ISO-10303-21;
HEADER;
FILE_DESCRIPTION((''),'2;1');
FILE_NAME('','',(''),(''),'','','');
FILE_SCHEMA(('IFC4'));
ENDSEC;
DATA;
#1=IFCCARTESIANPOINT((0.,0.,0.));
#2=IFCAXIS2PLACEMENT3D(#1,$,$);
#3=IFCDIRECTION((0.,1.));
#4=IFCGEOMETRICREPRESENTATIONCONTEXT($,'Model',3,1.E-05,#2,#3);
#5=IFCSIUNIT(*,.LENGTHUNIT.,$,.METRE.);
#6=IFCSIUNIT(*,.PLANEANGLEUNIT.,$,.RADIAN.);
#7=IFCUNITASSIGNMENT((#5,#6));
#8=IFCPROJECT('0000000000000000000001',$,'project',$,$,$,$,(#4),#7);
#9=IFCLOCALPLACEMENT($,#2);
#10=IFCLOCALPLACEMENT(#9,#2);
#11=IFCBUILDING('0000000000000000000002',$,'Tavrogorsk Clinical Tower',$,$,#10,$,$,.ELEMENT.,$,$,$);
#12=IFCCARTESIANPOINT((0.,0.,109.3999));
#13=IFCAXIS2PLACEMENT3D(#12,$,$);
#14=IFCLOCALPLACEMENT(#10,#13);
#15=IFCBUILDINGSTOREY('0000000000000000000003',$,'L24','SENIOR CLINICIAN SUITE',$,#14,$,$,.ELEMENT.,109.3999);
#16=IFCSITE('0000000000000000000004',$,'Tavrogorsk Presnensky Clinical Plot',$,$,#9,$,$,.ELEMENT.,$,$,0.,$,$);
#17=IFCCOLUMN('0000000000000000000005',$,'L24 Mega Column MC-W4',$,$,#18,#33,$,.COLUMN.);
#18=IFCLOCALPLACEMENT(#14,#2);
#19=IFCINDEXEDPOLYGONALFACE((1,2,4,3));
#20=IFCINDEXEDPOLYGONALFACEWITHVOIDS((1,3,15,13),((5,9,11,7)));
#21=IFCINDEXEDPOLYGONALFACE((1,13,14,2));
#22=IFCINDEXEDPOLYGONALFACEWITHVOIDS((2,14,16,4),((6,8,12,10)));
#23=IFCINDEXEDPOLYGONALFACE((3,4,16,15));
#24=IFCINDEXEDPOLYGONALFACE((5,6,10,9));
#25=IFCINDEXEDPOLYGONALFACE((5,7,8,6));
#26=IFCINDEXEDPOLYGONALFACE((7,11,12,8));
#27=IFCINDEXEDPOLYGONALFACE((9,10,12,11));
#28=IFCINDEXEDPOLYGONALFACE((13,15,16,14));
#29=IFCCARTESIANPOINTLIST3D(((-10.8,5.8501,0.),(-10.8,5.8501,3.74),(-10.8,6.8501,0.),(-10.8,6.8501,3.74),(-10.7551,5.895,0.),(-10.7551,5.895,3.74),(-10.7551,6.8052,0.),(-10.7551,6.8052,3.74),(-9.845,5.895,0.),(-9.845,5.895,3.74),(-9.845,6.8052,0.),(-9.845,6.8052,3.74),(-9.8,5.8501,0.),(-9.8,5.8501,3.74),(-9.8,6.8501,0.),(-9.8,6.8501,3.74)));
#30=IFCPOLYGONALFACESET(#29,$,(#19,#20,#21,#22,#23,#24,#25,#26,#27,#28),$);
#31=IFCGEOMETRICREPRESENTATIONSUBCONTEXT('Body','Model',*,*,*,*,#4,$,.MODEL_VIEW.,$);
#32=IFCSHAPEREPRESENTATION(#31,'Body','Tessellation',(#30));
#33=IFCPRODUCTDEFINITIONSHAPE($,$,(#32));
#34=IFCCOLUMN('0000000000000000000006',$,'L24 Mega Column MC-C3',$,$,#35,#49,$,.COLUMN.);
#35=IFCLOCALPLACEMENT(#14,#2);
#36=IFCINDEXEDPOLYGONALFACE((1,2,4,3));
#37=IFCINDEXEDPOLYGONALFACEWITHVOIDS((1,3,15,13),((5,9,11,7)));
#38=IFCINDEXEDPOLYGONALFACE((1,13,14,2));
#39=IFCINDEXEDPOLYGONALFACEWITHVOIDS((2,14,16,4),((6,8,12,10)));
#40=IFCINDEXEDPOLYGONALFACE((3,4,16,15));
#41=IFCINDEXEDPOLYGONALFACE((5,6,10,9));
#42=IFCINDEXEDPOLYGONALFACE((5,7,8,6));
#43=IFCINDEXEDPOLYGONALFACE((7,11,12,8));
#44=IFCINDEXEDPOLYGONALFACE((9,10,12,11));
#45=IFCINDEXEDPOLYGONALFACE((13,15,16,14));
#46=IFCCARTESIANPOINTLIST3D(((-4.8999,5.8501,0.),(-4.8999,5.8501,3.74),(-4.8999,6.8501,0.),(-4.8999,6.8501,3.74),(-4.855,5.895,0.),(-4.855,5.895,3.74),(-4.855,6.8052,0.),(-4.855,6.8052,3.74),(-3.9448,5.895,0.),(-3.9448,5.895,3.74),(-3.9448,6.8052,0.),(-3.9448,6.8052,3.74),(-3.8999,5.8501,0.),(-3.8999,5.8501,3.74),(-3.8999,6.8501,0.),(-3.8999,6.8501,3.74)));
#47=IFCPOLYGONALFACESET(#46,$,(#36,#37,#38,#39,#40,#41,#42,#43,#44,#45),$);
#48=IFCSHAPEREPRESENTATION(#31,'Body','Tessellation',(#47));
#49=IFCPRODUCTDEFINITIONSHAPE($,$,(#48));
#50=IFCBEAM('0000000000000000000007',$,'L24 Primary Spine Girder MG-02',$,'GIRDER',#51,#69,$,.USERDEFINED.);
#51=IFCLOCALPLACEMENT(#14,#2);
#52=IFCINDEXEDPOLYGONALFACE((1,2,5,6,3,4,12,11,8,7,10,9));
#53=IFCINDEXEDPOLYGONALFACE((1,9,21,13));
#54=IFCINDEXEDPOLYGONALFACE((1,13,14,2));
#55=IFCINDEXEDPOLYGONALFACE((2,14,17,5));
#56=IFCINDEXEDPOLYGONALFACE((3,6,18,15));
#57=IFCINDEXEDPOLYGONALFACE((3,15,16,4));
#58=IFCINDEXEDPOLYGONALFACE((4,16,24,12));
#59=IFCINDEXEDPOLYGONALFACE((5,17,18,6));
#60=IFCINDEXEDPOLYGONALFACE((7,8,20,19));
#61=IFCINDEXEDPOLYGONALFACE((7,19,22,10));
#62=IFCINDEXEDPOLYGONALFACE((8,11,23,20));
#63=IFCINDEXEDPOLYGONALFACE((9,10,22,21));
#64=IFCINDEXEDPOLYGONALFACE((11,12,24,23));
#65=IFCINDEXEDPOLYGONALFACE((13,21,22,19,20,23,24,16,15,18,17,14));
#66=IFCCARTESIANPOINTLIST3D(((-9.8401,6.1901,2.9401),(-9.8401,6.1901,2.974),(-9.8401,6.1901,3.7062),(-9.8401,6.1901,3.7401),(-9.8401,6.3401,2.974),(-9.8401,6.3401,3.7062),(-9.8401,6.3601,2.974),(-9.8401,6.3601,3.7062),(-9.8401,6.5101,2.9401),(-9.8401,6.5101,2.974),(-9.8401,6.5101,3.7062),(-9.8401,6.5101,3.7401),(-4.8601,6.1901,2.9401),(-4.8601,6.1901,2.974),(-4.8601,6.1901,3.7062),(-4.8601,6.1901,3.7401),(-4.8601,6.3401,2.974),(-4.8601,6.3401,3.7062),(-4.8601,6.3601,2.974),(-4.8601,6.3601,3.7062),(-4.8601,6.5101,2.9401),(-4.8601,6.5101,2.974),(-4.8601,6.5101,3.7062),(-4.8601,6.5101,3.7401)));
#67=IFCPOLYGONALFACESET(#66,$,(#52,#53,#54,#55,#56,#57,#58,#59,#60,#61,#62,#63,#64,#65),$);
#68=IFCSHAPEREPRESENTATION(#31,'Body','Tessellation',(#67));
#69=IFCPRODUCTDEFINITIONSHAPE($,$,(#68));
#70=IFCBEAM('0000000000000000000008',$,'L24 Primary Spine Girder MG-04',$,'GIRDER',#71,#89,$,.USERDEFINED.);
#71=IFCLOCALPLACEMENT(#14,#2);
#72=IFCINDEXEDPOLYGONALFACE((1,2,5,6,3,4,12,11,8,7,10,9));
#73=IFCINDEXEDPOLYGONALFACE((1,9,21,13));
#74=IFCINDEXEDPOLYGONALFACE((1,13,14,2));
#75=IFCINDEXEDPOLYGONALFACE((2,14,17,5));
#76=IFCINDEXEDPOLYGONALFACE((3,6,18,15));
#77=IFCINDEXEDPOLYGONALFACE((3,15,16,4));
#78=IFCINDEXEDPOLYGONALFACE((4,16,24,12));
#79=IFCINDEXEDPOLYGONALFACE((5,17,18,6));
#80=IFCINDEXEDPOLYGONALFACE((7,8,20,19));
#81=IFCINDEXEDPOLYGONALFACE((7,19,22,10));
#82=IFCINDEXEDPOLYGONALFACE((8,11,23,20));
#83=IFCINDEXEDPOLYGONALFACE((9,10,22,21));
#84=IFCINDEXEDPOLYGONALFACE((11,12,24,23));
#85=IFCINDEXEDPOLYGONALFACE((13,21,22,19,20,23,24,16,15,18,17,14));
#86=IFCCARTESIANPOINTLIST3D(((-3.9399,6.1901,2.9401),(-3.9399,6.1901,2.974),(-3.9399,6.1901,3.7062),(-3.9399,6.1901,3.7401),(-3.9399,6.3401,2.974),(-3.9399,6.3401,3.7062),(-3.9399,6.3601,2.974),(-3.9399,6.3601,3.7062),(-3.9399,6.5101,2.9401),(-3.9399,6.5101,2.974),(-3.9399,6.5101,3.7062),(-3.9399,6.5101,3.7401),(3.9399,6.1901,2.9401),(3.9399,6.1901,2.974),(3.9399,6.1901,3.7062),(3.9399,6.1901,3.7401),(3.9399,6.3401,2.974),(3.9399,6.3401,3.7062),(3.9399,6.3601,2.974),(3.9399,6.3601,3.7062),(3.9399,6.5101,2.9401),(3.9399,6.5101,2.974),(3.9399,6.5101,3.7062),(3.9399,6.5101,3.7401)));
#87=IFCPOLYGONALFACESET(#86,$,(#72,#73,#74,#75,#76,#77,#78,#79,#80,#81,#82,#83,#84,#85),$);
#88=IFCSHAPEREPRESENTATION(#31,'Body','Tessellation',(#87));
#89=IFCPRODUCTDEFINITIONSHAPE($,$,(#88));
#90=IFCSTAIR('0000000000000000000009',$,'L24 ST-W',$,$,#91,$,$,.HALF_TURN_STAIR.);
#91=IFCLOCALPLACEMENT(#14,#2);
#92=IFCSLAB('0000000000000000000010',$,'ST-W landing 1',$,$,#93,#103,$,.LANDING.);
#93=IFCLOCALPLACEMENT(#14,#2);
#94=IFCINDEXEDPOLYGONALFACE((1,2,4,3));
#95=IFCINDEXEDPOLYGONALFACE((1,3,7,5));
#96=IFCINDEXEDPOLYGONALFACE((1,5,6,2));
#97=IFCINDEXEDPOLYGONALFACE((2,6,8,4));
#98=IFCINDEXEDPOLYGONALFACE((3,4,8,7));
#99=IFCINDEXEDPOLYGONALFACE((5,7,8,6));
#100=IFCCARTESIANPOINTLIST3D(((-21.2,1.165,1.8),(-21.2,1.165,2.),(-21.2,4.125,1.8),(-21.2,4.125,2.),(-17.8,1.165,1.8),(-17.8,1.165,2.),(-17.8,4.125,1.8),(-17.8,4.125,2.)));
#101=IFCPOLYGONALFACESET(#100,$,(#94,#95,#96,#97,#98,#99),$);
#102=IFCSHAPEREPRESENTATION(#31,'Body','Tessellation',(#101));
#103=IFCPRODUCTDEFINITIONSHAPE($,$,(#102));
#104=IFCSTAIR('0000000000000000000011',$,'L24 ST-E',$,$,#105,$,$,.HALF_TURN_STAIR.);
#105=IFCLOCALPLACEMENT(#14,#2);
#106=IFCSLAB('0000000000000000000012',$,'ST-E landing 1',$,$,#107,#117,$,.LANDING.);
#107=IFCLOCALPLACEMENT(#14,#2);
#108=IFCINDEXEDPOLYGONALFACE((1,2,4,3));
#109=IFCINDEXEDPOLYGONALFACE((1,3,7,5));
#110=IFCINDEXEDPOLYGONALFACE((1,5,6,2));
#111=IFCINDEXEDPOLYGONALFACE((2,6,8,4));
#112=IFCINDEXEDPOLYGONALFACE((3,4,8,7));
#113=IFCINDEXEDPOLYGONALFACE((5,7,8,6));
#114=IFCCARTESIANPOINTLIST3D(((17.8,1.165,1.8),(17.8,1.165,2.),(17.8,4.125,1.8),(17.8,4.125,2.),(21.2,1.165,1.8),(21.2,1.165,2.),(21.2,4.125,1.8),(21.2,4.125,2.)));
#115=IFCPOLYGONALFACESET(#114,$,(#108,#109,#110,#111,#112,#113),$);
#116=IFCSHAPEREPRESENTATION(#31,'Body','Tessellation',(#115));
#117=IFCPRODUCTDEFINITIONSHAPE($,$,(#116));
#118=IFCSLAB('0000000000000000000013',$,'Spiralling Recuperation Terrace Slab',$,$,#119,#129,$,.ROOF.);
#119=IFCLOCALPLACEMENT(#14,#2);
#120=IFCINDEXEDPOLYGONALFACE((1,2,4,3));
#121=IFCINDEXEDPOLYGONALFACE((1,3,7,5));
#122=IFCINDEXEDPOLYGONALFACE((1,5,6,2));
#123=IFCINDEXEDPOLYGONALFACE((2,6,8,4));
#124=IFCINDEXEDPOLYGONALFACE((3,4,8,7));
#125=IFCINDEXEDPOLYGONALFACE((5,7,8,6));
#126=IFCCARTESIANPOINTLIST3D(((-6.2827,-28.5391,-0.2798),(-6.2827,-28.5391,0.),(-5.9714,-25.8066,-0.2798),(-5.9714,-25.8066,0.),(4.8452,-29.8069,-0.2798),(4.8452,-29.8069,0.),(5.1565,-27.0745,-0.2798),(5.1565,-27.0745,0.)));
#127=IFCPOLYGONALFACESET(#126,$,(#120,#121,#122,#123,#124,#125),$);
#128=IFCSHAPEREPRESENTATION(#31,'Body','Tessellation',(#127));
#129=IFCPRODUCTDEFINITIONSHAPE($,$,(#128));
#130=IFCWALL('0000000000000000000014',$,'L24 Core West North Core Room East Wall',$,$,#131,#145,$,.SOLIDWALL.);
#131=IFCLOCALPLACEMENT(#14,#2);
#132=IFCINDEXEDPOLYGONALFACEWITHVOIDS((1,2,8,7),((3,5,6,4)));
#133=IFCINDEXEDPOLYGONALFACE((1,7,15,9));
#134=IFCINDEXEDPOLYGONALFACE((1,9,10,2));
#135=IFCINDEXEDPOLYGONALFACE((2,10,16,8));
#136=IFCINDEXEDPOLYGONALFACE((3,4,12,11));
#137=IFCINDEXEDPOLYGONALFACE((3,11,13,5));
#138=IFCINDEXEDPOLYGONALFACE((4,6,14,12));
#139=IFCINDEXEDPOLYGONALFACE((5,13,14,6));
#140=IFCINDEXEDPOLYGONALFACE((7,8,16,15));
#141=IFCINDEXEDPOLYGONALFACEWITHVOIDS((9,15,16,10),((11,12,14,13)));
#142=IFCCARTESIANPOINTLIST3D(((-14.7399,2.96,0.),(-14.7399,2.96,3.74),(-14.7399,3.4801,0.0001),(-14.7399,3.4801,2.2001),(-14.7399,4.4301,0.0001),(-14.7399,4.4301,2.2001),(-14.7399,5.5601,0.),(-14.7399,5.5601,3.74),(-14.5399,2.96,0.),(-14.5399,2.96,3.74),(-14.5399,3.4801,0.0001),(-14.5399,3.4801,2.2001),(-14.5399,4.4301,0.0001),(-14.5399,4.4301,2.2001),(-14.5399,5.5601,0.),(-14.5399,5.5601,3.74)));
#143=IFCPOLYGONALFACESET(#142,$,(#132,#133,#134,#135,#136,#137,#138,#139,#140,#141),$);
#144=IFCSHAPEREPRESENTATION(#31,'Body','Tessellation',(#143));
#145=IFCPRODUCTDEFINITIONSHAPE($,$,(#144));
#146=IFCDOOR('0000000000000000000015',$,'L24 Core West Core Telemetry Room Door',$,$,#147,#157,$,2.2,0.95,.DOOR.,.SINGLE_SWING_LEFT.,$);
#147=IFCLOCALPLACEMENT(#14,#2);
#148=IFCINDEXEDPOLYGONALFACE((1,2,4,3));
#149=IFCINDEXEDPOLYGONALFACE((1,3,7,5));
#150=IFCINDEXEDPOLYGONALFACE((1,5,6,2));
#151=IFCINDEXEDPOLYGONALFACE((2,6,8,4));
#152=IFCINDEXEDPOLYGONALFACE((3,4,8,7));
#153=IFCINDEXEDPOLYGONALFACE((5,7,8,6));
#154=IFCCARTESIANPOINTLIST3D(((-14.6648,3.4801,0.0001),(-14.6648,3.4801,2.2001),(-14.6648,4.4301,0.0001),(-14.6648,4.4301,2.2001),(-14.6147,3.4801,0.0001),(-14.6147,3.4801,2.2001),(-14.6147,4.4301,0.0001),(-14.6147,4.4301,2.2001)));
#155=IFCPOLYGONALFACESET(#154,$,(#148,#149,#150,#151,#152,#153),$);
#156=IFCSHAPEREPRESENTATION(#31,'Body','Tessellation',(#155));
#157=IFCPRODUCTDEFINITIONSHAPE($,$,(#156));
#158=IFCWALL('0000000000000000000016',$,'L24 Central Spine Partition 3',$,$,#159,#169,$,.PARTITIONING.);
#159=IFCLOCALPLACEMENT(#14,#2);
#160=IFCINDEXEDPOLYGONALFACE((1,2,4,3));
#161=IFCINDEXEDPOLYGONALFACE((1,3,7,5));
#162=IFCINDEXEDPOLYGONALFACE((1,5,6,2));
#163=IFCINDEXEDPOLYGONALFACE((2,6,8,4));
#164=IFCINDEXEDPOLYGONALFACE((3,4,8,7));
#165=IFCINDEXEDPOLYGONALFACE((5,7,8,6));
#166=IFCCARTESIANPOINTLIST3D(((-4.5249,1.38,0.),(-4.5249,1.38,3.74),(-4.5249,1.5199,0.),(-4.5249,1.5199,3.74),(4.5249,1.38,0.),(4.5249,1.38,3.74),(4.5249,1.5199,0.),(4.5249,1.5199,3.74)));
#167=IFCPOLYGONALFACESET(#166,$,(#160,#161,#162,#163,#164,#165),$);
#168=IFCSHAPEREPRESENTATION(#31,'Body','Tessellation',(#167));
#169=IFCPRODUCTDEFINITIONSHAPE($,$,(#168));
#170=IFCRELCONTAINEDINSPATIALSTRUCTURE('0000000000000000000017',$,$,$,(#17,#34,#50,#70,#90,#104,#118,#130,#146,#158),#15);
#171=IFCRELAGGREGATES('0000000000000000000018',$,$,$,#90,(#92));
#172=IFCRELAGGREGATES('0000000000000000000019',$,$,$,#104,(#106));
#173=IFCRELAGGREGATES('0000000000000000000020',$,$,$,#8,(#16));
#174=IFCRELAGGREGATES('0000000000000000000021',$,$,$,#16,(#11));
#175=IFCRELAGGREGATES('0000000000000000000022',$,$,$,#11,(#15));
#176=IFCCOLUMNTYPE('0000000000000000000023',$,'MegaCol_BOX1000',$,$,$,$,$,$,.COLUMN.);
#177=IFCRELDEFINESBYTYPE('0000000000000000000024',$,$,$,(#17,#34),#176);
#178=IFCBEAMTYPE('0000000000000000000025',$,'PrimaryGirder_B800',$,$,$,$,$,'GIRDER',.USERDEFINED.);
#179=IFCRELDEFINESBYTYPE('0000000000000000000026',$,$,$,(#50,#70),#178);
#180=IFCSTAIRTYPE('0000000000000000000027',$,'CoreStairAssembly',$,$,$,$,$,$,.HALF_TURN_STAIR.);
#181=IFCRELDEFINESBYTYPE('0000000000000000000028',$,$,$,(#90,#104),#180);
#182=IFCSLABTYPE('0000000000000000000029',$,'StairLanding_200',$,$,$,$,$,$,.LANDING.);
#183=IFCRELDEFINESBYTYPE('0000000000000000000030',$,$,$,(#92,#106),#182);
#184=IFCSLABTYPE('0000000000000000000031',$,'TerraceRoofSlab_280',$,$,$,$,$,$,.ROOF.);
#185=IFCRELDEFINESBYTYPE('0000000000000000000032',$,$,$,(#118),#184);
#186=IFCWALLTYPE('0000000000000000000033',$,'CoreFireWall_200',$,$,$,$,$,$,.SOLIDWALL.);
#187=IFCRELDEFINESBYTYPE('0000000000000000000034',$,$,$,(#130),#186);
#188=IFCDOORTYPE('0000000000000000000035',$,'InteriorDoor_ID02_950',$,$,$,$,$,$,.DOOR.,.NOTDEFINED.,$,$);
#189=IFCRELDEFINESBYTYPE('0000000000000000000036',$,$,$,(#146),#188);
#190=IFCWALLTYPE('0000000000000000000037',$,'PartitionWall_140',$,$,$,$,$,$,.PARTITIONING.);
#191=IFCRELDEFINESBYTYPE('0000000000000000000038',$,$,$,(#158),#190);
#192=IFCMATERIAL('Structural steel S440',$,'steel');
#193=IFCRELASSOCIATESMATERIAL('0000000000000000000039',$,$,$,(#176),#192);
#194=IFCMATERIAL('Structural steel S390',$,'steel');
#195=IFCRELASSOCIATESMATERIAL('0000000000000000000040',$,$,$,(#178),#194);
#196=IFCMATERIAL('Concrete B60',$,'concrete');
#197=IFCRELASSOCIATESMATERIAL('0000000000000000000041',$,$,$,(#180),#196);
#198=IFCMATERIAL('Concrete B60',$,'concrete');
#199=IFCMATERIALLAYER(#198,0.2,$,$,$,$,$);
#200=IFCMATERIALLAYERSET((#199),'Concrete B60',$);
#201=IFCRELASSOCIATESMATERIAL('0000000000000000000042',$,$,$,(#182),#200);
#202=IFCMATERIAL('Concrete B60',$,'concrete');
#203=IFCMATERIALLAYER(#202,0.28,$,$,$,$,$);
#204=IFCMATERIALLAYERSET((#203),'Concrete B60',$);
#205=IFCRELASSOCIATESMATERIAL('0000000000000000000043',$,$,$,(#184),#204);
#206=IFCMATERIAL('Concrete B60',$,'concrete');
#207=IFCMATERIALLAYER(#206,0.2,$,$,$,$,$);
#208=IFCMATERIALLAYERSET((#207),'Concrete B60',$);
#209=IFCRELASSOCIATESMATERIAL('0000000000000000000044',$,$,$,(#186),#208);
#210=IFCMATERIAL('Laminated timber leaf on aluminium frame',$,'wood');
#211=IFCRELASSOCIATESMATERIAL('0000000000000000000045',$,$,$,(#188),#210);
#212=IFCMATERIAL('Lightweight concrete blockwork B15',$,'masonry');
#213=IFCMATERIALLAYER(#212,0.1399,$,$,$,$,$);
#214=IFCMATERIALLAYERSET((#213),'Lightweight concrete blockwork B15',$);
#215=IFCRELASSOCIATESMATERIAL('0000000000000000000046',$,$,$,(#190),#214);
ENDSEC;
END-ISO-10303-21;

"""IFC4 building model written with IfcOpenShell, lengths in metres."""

from ifc_helpers import new_model, si_unit, direction, frame, frame_2d, origin, origin_2d, place, context, subcontext, project, spatial, polyline, rectangle, hollow_rectangle, i_section, outline, extrude, material, layer, layer_set, material_profile, profile_set, type_object, element, fill, aggregate, save


model = new_model("IFC4")

# Units and contexts
model_context = context("Model", 3, precision=1e-05, world=origin(), true_north=direction((0.0, 1.0)))
body_context = subcontext(model_context, "Body", "Model", "MODEL_VIEW")
ifc_project = project(units=[si_unit("LENGTHUNIT", "METRE"), si_unit("PLANEANGLEUNIT", "RADIAN")], contexts=[model_context])

# Site, building, storey
site_placement = place(None, origin())
site = spatial("IfcSite", under=ifc_project, at=site_placement, Name="Tavrogorsk Presnensky Clinical Plot", CompositionType="ELEMENT", RefElevation=0.0)
building_placement = place(site_placement, origin())
building = spatial("IfcBuilding", under=site, at=building_placement, Name="Tavrogorsk Clinical Tower", CompositionType="ELEMENT")
storey_placement = place(building_placement, frame((0.0, 0.0, 109.3999)))
storey = spatial("IfcBuildingStorey", under=building, at=storey_placement, Name="L24", Description="SENIOR CLINICIAN SUITE", CompositionType="ELEMENT", Elevation=109.3999)

# Columns
ifc_material_1 = material(Name="Structural steel S440", Category="steel")
ifc_material_profile_1 = material_profile(ifc_material_1, hollow_rectangle(XDim=1.0, YDim=1.0, WallThickness=0.0449, at=origin_2d()), Name="BOX-1000x1000x45")
ifc_profile_set_1 = profile_set([ifc_material_profile_1], Name="Structural steel S440")
column_type = type_object("IfcColumnType", Name="MegaCol_BOX1000", PredefinedType="COLUMN", material=ifc_profile_set_1)
for number, where, z_axis, x_axis, name in (
    (1, (-10.3, 6.3501, 0.0), (0.0, 0.0, 1.0), (1.0, 0.0, 0.0), "L24 Mega Column MC-W4"),
    (2, (-4.3999, 6.3501, 0.0), (0.0, 0.0, 1.0), (1.0, 0.0, 0.0), "L24 Mega Column MC-C3"),
):
    element("IfcColumn", number, at=place(storey_placement, frame(where, z_axis=z_axis, x_axis=x_axis)), inside=storey, type_object=column_type, Name=name, PredefinedType="COLUMN", context=body_context, shape_type="SweptSolid", body=[
        extrude(hollow_rectangle(XDim=1.0, YDim=1.0, WallThickness=0.0449, at=origin_2d()), origin(), (0.0, 0.0, 1.0), 3.74),
    ])

# Beams
ifc_material_2 = material(Name="Structural steel S390", Category="steel")
ifc_material_profile_2 = material_profile(ifc_material_2, i_section(OverallWidth=0.3201, OverallDepth=0.8, WebThickness=0.02, FlangeThickness=0.0339, at=origin_2d()), Name="B-800x320x20x34")
ifc_profile_set_2 = profile_set([ifc_material_profile_2], Name="Structural steel S390")
beam_type = type_object("IfcBeamType", Name="PrimaryGirder_B800", ElementType="GIRDER", PredefinedType="USERDEFINED", material=ifc_profile_set_2)
beam_1_placement = place(storey_placement, frame((-9.8401, 6.3501, 3.3401), z_axis=(1.0, 0.0, 0.0), x_axis=(0.0, 1.0, 0.0)))
element("IfcBeam", 3, at=beam_1_placement, inside=storey, type_object=beam_type, Name="L24 Primary Spine Girder MG-02", ObjectType="GIRDER", PredefinedType="USERDEFINED", context=body_context, shape_type="SweptSolid", body=[
    extrude(i_section(OverallWidth=0.3201, OverallDepth=0.8, WebThickness=0.02, FlangeThickness=0.0339, at=origin_2d()), origin(), (0.0, 0.0, 1.0), 4.98),
])
beam_2_placement = place(storey_placement, frame((-3.9399, 6.3501, 3.3401), z_axis=(1.0, 0.0, 0.0), x_axis=(0.0, 1.0, 0.0)))
element("IfcBeam", 4, at=beam_2_placement, inside=storey, type_object=beam_type, Name="L24 Primary Spine Girder MG-04", ObjectType="GIRDER", PredefinedType="USERDEFINED", context=body_context, shape_type="SweptSolid", body=[
    extrude(i_section(OverallWidth=0.3201, OverallDepth=0.8, WebThickness=0.02, FlangeThickness=0.0339, at=origin_2d()), origin(), (0.0, 0.0, 1.0), 7.8799),
])

# Stairs, slabs
ifc_material_3 = material(Name="Concrete B60", Category="concrete")
stair_type = type_object("IfcStairType", Name="CoreStairAssembly", PredefinedType="HALF_TURN_STAIR", material=ifc_material_3)
stair_1_placement = place(storey_placement, origin())
stair_1 = element("IfcStair", 5, at=stair_1_placement, inside=storey, type_object=stair_type, Name="L24 ST-W", PredefinedType="HALF_TURN_STAIR")
ifc_material_4 = material(Name="Concrete B60", Category="concrete")
ifc_layer_1 = layer(ifc_material_4, 0.2)
ifc_layer_set_1 = layer_set([ifc_layer_1], Name="Concrete B60")
slab_type_1 = type_object("IfcSlabType", Name="StairLanding_200", PredefinedType="LANDING", material=ifc_layer_set_1)
slab_1_placement = place(storey_placement, frame((0.0, 0.0, 1.8)))
slab_1 = element("IfcSlab", 6, at=slab_1_placement, type_object=slab_type_1, Name="ST-W landing 1", PredefinedType="LANDING", context=body_context, shape_type="SweptSolid", body=[
    extrude(outline(polyline([(-17.8, 1.165), (-17.8, 4.125), (-21.2, 4.125), (-21.2, 1.165), (-17.8, 1.165)])), origin(), (0.0, 0.0, 1.0), 0.2),
])
aggregate(stair_1, [slab_1])
stair_2_placement = place(storey_placement, origin())
stair_2 = element("IfcStair", 7, at=stair_2_placement, inside=storey, type_object=stair_type, Name="L24 ST-E", PredefinedType="HALF_TURN_STAIR")
slab_2_placement = place(storey_placement, frame((0.0, 0.0, 1.8)))
slab_2 = element("IfcSlab", 8, at=slab_2_placement, type_object=slab_type_1, Name="ST-E landing 1", PredefinedType="LANDING", context=body_context, shape_type="SweptSolid", body=[
    extrude(outline(polyline([(21.2, 1.165), (21.2, 4.125), (17.8, 4.125), (17.8, 1.165), (21.2, 1.165)])), origin(), (0.0, 0.0, 1.0), 0.2),
])
aggregate(stair_2, [slab_2])

# Slab
ifc_material_5 = material(Name="Concrete B60", Category="concrete")
ifc_layer_2 = layer(ifc_material_5, 0.28)
ifc_layer_set_2 = layer_set([ifc_layer_2], Name="Concrete B60")
slab_type_2 = type_object("IfcSlabType", Name="TerraceRoofSlab_280", PredefinedType="ROOF", material=ifc_layer_set_2)
slab_3_placement = place(storey_placement, frame((0.0, 0.0, -0.2798)))
element("IfcSlab", 9, at=slab_3_placement, inside=storey, type_object=slab_type_2, Name="Spiralling Recuperation Terrace Slab", PredefinedType="ROOF", context=body_context, shape_type="SweptSolid", body=[
    extrude(outline(polyline([(4.8452, -29.8069), (-6.2827, -28.5391), (-5.9714, -25.8066), (5.1565, -27.0745), (4.8452, -29.8069)])), origin(), (0.0, 0.0, 1.0), 0.2798),
])

# Wall, opening, door
ifc_material_6 = material(Name="Concrete B60", Category="concrete")
ifc_layer_3 = layer(ifc_material_6, 0.2)
ifc_layer_set_3 = layer_set([ifc_layer_3], Name="Concrete B60")
wall_type_1 = type_object("IfcWallType", Name="CoreFireWall_200", PredefinedType="SOLIDWALL", material=ifc_layer_set_3)
wall_1_placement = place(storey_placement, frame((-14.6399, 2.96, 0.0), z_axis=(0.0, 0.0, 1.0), x_axis=(0.0, 1.0, 0.0)))
wall_1 = element("IfcWall", 10, at=wall_1_placement, inside=storey, type_object=wall_type_1, Name="L24 Core West North Core Room East Wall", PredefinedType="SOLIDWALL", context=body_context, shape_type="SweptSolid", body=[
    extrude(rectangle(XDim=2.6001, YDim=0.2, at=frame_2d((1.3, 0.0))), origin(), (0.0, 0.0, 1.0), 3.74),
])
opening_1_placement = place(wall_1_placement, frame((0.52, 0.0, 0.0)))
opening_1 = element("IfcOpeningElement", 11, at=opening_1_placement, cuts=wall_1, PredefinedType="OPENING", context=body_context, shape_type="SweptSolid", body=[
    extrude(rectangle(XDim=0.95, YDim=2.2, at=frame_2d((0.4751, 1.1001))), frame((0.0, 0.1099, 0.0), z_axis=(0.0, -1.0, 0.0), x_axis=(1.0, 0.0, 0.0)), (0.0, 0.0, 1.0), 0.22),
])
ifc_material_7 = material(Name="Laminated timber leaf on aluminium frame", Category="wood")
door_type_1 = type_object("IfcDoorType", Name="InteriorDoor_ID02_950", OperationType="NOTDEFINED", PredefinedType="DOOR", material=ifc_material_7)
door_1_placement = place(opening_1_placement, origin())
door_1 = element("IfcDoor", 12, at=door_1_placement, inside=storey, type_object=door_type_1, Name="L24 Core West Core Telemetry Room Door", OperationType="SINGLE_SWING_LEFT", OverallHeight=2.2, OverallWidth=0.95, PredefinedType="DOOR", context=body_context, shape_type="SweptSolid", body=[
    extrude(rectangle(XDim=0.95, YDim=2.2, at=frame_2d((0.4751, 1.1001))), frame((0.0, 0.0249, 0.0), z_axis=(0.0, -1.0, 0.0), x_axis=(1.0, 0.0, 0.0)), (0.0, 0.0, 1.0), 0.05),
])
fill(opening_1, door_1)

# Wall
ifc_material_8 = material(Name="Lightweight concrete blockwork B15", Category="masonry")
ifc_layer_4 = layer(ifc_material_8, 0.1399)
ifc_layer_set_4 = layer_set([ifc_layer_4], Name="Lightweight concrete blockwork B15")
wall_type_2 = type_object("IfcWallType", Name="PartitionWall_140", PredefinedType="PARTITIONING", material=ifc_layer_set_4)
wall_2_placement = place(storey_placement, frame((-4.5249, 1.45, 0.0), z_axis=(0.0, 0.0, 1.0), x_axis=(1.0, 0.0, 0.0)))
element("IfcWall", 13, at=wall_2_placement, inside=storey, type_object=wall_type_2, Name="L24 Central Spine Partition 3", PredefinedType="PARTITIONING", context=body_context, shape_type="SweptSolid", body=[
    extrude(rectangle(XDim=9.0498, YDim=0.1399, at=frame_2d((4.5249, 0.0))), origin(), (0.0, 0.0, 1.0), 3.74),
])

save(model, "model.ifc")
